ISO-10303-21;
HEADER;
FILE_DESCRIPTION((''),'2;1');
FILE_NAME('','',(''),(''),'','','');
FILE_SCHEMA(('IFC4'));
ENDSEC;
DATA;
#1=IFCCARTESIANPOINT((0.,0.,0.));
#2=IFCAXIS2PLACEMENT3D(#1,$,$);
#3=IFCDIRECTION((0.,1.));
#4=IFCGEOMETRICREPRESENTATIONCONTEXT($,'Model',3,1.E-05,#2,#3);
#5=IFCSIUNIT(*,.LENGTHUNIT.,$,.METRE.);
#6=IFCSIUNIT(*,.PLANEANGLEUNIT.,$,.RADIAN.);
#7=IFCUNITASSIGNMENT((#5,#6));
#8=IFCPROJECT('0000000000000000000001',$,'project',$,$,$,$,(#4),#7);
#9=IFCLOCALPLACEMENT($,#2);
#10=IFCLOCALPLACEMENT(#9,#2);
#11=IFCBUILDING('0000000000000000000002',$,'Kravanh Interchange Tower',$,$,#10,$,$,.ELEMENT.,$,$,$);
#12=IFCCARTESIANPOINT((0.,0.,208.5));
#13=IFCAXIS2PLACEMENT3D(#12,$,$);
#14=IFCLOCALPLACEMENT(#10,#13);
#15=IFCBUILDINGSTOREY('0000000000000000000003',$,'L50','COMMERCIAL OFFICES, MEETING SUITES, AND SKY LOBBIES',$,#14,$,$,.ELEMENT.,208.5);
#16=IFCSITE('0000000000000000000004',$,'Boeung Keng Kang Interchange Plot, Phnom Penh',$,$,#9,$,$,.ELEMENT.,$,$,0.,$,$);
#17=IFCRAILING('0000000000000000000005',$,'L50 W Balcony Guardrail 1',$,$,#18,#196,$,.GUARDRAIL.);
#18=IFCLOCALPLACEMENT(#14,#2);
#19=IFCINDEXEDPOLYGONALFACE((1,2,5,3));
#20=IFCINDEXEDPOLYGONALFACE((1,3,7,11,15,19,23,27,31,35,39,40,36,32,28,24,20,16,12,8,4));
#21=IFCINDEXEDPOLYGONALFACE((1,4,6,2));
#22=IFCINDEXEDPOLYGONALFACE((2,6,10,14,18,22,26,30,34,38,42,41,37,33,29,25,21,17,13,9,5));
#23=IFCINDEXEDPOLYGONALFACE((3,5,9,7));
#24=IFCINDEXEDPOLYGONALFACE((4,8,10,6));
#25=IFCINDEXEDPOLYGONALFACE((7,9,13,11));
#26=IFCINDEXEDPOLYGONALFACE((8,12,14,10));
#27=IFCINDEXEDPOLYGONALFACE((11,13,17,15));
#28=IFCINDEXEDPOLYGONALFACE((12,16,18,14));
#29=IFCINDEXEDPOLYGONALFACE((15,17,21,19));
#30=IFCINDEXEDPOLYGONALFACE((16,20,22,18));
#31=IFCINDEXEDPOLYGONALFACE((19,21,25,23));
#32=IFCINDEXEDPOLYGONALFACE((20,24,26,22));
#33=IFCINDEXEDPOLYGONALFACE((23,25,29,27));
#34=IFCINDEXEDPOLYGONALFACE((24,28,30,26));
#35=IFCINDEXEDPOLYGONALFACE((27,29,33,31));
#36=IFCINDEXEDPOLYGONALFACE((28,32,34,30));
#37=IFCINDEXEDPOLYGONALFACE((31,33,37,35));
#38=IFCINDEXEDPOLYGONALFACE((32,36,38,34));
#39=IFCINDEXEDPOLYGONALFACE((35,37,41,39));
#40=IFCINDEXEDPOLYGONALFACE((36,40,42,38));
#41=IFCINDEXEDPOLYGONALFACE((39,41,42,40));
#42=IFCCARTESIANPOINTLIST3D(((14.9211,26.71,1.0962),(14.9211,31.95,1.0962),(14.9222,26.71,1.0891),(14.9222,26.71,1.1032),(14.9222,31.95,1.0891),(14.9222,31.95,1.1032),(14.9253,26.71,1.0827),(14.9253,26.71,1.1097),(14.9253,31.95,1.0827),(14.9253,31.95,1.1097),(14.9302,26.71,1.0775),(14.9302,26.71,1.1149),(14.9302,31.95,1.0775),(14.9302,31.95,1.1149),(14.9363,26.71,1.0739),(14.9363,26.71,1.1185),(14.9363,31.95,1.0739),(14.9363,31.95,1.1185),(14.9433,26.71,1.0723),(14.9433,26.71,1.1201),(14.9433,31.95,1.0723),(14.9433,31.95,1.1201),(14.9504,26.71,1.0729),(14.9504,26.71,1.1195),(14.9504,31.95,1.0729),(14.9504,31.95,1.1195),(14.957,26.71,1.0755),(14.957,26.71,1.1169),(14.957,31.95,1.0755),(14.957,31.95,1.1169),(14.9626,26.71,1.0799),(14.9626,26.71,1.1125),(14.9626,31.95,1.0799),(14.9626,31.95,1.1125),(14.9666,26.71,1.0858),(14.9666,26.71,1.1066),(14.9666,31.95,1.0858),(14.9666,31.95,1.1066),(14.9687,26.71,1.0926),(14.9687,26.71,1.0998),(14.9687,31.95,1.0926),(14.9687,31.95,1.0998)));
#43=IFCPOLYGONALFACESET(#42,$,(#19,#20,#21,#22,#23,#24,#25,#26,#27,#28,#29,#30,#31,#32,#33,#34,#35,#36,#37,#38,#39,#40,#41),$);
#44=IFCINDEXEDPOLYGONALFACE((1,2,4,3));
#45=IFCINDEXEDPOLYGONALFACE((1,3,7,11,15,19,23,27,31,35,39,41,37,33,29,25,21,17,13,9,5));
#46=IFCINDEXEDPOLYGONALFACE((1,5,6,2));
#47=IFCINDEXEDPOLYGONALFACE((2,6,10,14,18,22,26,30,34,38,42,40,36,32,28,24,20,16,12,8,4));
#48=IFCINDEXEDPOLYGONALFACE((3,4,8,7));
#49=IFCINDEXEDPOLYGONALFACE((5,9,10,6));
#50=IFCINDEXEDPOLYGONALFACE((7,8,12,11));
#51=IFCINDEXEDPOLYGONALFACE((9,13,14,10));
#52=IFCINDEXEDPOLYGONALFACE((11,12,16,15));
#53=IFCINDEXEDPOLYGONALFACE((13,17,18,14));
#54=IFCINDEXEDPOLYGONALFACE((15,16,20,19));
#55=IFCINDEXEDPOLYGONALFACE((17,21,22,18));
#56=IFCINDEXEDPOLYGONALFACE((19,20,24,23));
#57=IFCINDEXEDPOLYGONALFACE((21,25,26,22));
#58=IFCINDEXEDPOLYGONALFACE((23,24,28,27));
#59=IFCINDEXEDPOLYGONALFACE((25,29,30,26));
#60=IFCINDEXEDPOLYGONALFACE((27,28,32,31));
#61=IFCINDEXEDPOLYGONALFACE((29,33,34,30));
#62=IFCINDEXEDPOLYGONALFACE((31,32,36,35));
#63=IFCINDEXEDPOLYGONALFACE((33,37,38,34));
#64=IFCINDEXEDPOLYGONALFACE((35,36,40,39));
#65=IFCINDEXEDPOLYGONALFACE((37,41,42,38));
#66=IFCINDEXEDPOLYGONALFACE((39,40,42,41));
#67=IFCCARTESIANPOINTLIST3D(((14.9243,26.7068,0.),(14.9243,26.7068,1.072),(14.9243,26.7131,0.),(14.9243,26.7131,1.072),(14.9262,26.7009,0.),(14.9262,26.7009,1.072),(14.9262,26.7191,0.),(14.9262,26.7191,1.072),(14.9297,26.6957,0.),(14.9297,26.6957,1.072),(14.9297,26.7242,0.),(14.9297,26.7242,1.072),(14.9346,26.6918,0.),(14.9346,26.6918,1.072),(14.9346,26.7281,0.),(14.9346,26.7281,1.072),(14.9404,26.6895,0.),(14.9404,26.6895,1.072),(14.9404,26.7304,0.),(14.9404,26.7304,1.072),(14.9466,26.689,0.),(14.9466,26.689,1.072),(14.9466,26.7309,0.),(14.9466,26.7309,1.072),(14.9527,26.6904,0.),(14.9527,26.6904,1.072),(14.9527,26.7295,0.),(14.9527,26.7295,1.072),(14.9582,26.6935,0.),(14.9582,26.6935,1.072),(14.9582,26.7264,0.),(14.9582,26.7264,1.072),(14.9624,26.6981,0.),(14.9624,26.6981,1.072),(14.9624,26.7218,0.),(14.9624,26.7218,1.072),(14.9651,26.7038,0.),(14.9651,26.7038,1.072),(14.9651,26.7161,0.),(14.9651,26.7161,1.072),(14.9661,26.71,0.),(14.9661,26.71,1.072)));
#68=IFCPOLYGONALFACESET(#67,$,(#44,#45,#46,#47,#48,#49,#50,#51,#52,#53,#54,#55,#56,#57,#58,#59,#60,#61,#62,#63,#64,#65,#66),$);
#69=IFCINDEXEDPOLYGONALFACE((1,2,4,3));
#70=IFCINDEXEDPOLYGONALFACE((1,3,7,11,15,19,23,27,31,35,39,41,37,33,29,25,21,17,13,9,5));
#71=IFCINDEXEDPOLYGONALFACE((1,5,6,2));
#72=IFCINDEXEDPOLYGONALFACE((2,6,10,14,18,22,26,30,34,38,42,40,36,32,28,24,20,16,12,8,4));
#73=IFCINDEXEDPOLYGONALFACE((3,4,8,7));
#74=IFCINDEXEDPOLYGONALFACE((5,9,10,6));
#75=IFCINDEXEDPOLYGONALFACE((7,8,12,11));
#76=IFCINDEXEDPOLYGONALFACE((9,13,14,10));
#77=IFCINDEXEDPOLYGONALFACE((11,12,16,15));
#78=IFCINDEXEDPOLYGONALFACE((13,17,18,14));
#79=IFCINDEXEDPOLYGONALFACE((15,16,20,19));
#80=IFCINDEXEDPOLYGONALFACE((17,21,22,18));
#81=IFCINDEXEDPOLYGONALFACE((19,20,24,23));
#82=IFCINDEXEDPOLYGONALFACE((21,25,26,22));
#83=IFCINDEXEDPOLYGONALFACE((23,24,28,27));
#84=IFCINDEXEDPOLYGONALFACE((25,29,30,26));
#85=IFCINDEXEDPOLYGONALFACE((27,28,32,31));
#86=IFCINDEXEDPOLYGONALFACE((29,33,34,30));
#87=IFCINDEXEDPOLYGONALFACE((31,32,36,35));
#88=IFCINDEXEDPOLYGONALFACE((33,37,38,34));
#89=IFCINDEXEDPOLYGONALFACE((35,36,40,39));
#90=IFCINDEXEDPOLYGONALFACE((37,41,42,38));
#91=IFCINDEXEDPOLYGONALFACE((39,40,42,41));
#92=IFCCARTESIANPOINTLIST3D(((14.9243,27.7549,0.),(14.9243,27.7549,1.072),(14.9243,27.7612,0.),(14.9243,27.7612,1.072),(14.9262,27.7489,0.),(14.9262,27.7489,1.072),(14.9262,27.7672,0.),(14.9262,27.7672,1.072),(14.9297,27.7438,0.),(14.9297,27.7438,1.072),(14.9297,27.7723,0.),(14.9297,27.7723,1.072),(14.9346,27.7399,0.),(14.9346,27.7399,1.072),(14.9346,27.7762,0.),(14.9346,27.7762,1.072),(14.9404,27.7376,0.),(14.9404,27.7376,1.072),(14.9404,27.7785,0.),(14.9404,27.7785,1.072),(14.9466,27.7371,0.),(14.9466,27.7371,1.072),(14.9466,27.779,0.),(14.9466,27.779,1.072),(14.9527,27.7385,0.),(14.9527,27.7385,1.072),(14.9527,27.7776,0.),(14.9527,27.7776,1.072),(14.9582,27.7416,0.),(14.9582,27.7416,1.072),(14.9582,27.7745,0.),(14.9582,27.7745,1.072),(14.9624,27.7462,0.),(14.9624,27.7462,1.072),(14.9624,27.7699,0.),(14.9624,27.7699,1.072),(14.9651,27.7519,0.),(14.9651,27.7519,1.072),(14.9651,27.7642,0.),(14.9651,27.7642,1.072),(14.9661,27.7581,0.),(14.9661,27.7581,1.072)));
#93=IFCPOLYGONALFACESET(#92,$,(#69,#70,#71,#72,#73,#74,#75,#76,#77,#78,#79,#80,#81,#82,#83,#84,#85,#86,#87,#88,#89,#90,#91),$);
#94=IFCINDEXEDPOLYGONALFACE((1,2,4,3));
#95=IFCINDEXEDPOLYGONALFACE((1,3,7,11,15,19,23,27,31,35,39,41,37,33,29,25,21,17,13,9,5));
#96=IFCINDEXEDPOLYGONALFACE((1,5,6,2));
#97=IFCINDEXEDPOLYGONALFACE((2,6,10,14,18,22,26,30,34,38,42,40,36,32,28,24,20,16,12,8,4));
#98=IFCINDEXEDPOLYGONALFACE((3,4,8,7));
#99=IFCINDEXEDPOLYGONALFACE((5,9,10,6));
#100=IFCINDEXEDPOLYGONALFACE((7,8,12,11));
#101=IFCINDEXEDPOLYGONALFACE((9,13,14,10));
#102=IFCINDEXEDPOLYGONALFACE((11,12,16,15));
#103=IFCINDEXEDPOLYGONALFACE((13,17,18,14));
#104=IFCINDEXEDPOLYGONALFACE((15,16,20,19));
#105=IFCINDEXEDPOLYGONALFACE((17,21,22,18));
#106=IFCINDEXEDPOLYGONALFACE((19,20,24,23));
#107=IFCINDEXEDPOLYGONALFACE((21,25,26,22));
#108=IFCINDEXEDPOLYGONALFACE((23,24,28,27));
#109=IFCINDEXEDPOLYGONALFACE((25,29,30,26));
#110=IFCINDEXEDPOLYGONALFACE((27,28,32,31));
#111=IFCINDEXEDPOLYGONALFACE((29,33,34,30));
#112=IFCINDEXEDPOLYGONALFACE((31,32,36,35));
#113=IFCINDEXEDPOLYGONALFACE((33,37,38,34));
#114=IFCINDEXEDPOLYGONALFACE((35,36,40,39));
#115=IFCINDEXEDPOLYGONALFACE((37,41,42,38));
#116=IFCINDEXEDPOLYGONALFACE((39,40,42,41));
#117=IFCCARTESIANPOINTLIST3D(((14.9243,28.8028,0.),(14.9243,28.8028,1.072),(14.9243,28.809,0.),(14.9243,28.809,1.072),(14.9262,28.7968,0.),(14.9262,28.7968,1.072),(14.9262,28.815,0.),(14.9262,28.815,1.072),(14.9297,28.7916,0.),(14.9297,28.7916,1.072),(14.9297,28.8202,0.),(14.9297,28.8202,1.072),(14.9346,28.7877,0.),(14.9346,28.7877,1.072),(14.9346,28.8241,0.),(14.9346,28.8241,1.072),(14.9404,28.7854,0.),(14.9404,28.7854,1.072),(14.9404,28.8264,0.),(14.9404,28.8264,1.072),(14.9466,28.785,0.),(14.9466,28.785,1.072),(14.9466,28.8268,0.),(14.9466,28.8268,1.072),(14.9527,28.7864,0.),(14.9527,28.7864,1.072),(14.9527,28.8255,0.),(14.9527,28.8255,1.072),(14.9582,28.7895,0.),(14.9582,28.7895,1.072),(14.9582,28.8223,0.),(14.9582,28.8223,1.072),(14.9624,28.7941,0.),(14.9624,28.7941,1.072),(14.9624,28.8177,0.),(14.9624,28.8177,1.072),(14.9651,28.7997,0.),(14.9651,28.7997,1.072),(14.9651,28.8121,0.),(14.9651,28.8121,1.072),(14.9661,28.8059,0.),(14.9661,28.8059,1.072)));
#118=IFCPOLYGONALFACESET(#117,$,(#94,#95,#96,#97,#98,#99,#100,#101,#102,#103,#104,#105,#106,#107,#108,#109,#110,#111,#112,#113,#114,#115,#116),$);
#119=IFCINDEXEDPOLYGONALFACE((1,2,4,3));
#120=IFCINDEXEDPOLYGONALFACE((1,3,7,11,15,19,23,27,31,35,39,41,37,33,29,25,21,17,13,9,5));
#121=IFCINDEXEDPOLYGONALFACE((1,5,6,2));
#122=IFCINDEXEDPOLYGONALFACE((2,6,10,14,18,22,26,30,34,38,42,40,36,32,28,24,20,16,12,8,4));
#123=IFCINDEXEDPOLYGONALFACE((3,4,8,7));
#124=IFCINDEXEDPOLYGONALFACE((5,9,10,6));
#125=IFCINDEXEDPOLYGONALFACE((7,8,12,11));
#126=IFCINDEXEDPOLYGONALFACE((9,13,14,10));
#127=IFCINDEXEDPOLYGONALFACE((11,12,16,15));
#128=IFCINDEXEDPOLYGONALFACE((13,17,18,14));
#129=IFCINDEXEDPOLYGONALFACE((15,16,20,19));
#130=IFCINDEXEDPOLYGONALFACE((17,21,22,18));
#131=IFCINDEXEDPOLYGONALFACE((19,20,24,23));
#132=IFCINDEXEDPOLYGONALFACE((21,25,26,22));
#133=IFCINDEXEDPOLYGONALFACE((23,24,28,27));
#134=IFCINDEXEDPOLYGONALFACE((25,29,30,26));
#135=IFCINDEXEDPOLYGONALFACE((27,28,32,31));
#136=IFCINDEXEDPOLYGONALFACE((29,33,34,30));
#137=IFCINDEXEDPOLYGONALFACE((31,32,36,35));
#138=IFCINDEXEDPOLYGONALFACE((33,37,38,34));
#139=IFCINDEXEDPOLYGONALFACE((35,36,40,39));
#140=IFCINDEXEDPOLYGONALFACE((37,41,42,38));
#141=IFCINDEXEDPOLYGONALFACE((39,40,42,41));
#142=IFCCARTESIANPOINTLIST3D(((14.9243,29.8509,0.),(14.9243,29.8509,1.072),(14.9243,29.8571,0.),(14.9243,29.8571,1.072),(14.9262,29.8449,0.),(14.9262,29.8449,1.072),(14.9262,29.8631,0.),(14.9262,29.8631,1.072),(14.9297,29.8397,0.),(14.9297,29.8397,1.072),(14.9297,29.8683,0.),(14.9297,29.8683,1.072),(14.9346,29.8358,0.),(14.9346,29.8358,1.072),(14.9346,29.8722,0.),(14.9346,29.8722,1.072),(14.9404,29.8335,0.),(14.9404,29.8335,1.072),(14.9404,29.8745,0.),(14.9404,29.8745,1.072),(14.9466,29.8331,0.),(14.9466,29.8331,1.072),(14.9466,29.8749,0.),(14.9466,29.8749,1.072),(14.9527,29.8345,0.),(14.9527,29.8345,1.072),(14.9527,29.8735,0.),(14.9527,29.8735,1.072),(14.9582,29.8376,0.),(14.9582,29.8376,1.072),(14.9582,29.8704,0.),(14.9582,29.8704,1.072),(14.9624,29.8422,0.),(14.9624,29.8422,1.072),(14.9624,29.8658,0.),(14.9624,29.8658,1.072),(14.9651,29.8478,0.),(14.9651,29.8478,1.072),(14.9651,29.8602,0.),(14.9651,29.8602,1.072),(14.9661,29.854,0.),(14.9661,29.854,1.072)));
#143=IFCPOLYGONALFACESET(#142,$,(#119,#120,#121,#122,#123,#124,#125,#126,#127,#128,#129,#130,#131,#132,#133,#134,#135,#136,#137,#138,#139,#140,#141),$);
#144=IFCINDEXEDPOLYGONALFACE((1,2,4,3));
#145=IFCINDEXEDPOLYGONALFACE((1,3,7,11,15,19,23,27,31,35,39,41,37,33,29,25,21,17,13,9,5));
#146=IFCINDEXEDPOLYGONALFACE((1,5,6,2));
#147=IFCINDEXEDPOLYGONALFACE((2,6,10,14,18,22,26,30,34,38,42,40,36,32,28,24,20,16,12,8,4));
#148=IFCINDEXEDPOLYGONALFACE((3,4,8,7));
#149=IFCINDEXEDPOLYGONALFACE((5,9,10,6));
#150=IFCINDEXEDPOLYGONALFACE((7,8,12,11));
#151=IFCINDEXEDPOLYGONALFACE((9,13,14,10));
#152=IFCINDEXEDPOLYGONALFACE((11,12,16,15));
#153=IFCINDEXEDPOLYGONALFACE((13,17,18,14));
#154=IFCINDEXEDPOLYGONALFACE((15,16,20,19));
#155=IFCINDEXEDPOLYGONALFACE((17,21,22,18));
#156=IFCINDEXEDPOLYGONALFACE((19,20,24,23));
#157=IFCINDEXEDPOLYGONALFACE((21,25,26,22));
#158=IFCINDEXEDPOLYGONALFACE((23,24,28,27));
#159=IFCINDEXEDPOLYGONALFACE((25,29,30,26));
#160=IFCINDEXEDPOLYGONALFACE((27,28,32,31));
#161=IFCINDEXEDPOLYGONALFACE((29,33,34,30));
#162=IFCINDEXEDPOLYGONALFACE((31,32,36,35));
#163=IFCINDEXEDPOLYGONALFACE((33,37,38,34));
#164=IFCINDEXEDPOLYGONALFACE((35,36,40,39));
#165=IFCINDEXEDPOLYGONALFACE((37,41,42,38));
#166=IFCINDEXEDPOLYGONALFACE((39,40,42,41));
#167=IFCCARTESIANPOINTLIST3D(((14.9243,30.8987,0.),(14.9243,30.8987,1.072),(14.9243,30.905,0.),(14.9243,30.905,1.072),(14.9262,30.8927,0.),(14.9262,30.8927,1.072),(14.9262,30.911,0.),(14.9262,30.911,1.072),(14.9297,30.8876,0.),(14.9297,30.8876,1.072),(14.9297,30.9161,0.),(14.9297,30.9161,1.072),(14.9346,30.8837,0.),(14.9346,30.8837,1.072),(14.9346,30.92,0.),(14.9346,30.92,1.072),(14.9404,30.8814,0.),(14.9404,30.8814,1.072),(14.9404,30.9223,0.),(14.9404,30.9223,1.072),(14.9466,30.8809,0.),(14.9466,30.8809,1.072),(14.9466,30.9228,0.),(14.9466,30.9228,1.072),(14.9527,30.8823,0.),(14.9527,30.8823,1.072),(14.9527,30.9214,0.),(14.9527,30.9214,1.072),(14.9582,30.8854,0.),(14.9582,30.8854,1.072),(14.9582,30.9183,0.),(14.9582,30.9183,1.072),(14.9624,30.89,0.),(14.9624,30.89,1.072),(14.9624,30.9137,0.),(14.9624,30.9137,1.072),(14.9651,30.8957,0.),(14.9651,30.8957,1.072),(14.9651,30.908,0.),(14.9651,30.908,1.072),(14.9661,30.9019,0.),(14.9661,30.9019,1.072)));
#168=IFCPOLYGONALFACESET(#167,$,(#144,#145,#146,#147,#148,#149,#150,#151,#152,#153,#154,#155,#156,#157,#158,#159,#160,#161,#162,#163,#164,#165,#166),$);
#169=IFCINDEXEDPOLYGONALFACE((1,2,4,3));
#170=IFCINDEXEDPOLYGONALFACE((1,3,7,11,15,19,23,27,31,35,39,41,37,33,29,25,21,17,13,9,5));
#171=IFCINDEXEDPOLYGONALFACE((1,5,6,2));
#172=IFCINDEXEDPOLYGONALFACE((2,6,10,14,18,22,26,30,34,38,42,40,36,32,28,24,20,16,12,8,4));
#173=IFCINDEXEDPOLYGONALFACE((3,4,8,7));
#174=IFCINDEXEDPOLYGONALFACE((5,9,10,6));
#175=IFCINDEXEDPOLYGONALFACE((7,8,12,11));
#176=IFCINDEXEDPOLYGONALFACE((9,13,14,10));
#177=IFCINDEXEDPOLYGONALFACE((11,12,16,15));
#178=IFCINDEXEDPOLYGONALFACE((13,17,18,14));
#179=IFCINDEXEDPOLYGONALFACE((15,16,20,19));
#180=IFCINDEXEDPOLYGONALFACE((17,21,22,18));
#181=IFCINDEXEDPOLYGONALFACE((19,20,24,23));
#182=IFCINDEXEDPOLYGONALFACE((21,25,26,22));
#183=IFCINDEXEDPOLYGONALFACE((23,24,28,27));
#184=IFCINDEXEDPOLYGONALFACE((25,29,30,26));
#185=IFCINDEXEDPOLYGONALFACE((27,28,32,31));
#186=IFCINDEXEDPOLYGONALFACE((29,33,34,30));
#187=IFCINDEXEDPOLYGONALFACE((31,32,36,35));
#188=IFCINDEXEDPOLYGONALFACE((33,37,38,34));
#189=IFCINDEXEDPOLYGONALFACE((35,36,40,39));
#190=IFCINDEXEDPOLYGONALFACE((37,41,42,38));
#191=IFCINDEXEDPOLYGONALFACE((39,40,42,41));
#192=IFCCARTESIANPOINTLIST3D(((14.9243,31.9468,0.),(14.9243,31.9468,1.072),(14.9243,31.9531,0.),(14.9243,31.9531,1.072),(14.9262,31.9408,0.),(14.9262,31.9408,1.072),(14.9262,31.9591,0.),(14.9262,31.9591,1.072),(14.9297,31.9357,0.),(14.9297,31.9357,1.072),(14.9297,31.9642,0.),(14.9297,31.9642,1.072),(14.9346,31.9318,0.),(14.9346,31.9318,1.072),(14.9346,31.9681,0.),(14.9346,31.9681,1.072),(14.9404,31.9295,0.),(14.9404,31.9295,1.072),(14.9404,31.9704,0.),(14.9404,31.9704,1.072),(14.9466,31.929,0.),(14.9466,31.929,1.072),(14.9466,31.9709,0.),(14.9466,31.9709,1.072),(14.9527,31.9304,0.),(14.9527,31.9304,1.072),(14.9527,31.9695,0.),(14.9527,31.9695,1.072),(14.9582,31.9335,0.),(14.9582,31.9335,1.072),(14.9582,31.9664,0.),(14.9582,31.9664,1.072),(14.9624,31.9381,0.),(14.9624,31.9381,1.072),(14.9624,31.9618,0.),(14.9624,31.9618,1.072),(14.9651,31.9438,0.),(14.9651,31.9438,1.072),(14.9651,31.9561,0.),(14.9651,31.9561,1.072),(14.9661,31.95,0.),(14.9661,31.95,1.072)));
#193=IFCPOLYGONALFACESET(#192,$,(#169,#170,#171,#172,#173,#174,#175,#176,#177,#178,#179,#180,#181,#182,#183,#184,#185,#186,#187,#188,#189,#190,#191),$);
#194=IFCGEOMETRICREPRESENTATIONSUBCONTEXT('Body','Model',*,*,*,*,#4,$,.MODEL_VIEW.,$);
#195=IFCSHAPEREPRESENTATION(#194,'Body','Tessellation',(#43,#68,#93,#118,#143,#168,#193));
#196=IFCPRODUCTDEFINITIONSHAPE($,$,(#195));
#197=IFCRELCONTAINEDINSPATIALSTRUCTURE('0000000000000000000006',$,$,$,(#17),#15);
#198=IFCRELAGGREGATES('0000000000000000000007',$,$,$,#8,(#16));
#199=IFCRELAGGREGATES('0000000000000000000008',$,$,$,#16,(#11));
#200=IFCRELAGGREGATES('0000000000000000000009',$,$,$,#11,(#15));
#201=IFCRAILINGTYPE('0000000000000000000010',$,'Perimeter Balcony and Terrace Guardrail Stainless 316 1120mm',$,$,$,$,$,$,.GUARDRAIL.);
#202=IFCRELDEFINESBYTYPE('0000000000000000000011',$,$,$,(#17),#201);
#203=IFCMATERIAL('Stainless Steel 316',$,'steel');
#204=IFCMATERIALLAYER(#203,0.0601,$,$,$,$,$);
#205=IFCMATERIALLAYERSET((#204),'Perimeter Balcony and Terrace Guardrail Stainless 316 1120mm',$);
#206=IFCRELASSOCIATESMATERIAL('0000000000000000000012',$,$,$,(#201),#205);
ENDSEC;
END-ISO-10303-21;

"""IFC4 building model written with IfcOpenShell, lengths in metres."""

from ifc_helpers import new_model, si_unit, direction, frame, origin, origin_2d, place, context, subcontext, project, spatial, circle, extrude, material, layer, layer_set, type_object, element, save


model = new_model("IFC4")

# Units and contexts
model_context = context("Model", 3, precision=1e-05, world=origin(), true_north=direction((0.0, 1.0)))
body_context = subcontext(model_context, "Body", "Model", "MODEL_VIEW")
ifc_project = project(units=[si_unit("LENGTHUNIT", "METRE"), si_unit("PLANEANGLEUNIT", "RADIAN")], contexts=[model_context])

# Site, building, storey
site_placement = place(None, origin())
site = spatial("IfcSite", under=ifc_project, at=site_placement, Name="Boeung Keng Kang Interchange Plot, Phnom Penh", CompositionType="ELEMENT", RefElevation=0.0)
building_placement = place(site_placement, origin())
building = spatial("IfcBuilding", under=site, at=building_placement, Name="Kravanh Interchange Tower", CompositionType="ELEMENT")
storey_placement = place(building_placement, frame((0.0, 0.0, 208.5)))
storey = spatial("IfcBuildingStorey", under=building, at=storey_placement, Name="L50", Description="COMMERCIAL OFFICES, MEETING SUITES, AND SKY LOBBIES", CompositionType="ELEMENT", Elevation=208.5)

# Railing
ifc_material_1 = material(Name="Stainless Steel 316", Category="steel")
ifc_layer_1 = layer(ifc_material_1, 0.0601)
ifc_layer_set_1 = layer_set([ifc_layer_1], Name="Perimeter Balcony and Terrace Guardrail Stainless 316 1120mm")
railing_type = type_object("IfcRailingType", Name="Perimeter Balcony and Terrace Guardrail Stainless 316 1120mm", PredefinedType="GUARDRAIL", material=ifc_layer_set_1)
railing_1_placement = place(storey_placement, frame((14.9451, 26.71, 0.0)))
element("IfcRailing", 1, at=railing_1_placement, inside=storey, type_object=railing_type, Name="L50 W Balcony Guardrail 1", PredefinedType="GUARDRAIL", context=body_context, shape_type="SweptSolid", body=[
    extrude(circle(Radius=0.0239, at=origin_2d()), frame((0.0, 0.0, 1.0962), z_axis=(0.0, 1.0, 0.0), x_axis=(-1.0, 0.0, 0.0)), (0.0, 0.0, 1.0), 5.24),
    extrude(circle(Radius=0.021, at=origin_2d()), origin(), (0.0, 0.0, 1.0), 1.072),
    extrude(circle(Radius=0.021, at=origin_2d()), frame((0.0, 1.0481, 0.0)), (0.0, 0.0, 1.0), 1.072),
    extrude(circle(Radius=0.021, at=origin_2d()), frame((0.0, 2.0959, 0.0)), (0.0, 0.0, 1.0), 1.072),
    extrude(circle(Radius=0.021, at=origin_2d()), frame((0.0, 3.144, 0.0)), (0.0, 0.0, 1.0), 1.072),
    extrude(circle(Radius=0.021, at=origin_2d()), frame((0.0, 4.1919, 0.0)), (0.0, 0.0, 1.0), 1.072),
    extrude(circle(Radius=0.021, at=origin_2d()), frame((0.0, 5.24, 0.0)), (0.0, 0.0, 1.0), 1.072),
])

save(model, "model.ifc")
